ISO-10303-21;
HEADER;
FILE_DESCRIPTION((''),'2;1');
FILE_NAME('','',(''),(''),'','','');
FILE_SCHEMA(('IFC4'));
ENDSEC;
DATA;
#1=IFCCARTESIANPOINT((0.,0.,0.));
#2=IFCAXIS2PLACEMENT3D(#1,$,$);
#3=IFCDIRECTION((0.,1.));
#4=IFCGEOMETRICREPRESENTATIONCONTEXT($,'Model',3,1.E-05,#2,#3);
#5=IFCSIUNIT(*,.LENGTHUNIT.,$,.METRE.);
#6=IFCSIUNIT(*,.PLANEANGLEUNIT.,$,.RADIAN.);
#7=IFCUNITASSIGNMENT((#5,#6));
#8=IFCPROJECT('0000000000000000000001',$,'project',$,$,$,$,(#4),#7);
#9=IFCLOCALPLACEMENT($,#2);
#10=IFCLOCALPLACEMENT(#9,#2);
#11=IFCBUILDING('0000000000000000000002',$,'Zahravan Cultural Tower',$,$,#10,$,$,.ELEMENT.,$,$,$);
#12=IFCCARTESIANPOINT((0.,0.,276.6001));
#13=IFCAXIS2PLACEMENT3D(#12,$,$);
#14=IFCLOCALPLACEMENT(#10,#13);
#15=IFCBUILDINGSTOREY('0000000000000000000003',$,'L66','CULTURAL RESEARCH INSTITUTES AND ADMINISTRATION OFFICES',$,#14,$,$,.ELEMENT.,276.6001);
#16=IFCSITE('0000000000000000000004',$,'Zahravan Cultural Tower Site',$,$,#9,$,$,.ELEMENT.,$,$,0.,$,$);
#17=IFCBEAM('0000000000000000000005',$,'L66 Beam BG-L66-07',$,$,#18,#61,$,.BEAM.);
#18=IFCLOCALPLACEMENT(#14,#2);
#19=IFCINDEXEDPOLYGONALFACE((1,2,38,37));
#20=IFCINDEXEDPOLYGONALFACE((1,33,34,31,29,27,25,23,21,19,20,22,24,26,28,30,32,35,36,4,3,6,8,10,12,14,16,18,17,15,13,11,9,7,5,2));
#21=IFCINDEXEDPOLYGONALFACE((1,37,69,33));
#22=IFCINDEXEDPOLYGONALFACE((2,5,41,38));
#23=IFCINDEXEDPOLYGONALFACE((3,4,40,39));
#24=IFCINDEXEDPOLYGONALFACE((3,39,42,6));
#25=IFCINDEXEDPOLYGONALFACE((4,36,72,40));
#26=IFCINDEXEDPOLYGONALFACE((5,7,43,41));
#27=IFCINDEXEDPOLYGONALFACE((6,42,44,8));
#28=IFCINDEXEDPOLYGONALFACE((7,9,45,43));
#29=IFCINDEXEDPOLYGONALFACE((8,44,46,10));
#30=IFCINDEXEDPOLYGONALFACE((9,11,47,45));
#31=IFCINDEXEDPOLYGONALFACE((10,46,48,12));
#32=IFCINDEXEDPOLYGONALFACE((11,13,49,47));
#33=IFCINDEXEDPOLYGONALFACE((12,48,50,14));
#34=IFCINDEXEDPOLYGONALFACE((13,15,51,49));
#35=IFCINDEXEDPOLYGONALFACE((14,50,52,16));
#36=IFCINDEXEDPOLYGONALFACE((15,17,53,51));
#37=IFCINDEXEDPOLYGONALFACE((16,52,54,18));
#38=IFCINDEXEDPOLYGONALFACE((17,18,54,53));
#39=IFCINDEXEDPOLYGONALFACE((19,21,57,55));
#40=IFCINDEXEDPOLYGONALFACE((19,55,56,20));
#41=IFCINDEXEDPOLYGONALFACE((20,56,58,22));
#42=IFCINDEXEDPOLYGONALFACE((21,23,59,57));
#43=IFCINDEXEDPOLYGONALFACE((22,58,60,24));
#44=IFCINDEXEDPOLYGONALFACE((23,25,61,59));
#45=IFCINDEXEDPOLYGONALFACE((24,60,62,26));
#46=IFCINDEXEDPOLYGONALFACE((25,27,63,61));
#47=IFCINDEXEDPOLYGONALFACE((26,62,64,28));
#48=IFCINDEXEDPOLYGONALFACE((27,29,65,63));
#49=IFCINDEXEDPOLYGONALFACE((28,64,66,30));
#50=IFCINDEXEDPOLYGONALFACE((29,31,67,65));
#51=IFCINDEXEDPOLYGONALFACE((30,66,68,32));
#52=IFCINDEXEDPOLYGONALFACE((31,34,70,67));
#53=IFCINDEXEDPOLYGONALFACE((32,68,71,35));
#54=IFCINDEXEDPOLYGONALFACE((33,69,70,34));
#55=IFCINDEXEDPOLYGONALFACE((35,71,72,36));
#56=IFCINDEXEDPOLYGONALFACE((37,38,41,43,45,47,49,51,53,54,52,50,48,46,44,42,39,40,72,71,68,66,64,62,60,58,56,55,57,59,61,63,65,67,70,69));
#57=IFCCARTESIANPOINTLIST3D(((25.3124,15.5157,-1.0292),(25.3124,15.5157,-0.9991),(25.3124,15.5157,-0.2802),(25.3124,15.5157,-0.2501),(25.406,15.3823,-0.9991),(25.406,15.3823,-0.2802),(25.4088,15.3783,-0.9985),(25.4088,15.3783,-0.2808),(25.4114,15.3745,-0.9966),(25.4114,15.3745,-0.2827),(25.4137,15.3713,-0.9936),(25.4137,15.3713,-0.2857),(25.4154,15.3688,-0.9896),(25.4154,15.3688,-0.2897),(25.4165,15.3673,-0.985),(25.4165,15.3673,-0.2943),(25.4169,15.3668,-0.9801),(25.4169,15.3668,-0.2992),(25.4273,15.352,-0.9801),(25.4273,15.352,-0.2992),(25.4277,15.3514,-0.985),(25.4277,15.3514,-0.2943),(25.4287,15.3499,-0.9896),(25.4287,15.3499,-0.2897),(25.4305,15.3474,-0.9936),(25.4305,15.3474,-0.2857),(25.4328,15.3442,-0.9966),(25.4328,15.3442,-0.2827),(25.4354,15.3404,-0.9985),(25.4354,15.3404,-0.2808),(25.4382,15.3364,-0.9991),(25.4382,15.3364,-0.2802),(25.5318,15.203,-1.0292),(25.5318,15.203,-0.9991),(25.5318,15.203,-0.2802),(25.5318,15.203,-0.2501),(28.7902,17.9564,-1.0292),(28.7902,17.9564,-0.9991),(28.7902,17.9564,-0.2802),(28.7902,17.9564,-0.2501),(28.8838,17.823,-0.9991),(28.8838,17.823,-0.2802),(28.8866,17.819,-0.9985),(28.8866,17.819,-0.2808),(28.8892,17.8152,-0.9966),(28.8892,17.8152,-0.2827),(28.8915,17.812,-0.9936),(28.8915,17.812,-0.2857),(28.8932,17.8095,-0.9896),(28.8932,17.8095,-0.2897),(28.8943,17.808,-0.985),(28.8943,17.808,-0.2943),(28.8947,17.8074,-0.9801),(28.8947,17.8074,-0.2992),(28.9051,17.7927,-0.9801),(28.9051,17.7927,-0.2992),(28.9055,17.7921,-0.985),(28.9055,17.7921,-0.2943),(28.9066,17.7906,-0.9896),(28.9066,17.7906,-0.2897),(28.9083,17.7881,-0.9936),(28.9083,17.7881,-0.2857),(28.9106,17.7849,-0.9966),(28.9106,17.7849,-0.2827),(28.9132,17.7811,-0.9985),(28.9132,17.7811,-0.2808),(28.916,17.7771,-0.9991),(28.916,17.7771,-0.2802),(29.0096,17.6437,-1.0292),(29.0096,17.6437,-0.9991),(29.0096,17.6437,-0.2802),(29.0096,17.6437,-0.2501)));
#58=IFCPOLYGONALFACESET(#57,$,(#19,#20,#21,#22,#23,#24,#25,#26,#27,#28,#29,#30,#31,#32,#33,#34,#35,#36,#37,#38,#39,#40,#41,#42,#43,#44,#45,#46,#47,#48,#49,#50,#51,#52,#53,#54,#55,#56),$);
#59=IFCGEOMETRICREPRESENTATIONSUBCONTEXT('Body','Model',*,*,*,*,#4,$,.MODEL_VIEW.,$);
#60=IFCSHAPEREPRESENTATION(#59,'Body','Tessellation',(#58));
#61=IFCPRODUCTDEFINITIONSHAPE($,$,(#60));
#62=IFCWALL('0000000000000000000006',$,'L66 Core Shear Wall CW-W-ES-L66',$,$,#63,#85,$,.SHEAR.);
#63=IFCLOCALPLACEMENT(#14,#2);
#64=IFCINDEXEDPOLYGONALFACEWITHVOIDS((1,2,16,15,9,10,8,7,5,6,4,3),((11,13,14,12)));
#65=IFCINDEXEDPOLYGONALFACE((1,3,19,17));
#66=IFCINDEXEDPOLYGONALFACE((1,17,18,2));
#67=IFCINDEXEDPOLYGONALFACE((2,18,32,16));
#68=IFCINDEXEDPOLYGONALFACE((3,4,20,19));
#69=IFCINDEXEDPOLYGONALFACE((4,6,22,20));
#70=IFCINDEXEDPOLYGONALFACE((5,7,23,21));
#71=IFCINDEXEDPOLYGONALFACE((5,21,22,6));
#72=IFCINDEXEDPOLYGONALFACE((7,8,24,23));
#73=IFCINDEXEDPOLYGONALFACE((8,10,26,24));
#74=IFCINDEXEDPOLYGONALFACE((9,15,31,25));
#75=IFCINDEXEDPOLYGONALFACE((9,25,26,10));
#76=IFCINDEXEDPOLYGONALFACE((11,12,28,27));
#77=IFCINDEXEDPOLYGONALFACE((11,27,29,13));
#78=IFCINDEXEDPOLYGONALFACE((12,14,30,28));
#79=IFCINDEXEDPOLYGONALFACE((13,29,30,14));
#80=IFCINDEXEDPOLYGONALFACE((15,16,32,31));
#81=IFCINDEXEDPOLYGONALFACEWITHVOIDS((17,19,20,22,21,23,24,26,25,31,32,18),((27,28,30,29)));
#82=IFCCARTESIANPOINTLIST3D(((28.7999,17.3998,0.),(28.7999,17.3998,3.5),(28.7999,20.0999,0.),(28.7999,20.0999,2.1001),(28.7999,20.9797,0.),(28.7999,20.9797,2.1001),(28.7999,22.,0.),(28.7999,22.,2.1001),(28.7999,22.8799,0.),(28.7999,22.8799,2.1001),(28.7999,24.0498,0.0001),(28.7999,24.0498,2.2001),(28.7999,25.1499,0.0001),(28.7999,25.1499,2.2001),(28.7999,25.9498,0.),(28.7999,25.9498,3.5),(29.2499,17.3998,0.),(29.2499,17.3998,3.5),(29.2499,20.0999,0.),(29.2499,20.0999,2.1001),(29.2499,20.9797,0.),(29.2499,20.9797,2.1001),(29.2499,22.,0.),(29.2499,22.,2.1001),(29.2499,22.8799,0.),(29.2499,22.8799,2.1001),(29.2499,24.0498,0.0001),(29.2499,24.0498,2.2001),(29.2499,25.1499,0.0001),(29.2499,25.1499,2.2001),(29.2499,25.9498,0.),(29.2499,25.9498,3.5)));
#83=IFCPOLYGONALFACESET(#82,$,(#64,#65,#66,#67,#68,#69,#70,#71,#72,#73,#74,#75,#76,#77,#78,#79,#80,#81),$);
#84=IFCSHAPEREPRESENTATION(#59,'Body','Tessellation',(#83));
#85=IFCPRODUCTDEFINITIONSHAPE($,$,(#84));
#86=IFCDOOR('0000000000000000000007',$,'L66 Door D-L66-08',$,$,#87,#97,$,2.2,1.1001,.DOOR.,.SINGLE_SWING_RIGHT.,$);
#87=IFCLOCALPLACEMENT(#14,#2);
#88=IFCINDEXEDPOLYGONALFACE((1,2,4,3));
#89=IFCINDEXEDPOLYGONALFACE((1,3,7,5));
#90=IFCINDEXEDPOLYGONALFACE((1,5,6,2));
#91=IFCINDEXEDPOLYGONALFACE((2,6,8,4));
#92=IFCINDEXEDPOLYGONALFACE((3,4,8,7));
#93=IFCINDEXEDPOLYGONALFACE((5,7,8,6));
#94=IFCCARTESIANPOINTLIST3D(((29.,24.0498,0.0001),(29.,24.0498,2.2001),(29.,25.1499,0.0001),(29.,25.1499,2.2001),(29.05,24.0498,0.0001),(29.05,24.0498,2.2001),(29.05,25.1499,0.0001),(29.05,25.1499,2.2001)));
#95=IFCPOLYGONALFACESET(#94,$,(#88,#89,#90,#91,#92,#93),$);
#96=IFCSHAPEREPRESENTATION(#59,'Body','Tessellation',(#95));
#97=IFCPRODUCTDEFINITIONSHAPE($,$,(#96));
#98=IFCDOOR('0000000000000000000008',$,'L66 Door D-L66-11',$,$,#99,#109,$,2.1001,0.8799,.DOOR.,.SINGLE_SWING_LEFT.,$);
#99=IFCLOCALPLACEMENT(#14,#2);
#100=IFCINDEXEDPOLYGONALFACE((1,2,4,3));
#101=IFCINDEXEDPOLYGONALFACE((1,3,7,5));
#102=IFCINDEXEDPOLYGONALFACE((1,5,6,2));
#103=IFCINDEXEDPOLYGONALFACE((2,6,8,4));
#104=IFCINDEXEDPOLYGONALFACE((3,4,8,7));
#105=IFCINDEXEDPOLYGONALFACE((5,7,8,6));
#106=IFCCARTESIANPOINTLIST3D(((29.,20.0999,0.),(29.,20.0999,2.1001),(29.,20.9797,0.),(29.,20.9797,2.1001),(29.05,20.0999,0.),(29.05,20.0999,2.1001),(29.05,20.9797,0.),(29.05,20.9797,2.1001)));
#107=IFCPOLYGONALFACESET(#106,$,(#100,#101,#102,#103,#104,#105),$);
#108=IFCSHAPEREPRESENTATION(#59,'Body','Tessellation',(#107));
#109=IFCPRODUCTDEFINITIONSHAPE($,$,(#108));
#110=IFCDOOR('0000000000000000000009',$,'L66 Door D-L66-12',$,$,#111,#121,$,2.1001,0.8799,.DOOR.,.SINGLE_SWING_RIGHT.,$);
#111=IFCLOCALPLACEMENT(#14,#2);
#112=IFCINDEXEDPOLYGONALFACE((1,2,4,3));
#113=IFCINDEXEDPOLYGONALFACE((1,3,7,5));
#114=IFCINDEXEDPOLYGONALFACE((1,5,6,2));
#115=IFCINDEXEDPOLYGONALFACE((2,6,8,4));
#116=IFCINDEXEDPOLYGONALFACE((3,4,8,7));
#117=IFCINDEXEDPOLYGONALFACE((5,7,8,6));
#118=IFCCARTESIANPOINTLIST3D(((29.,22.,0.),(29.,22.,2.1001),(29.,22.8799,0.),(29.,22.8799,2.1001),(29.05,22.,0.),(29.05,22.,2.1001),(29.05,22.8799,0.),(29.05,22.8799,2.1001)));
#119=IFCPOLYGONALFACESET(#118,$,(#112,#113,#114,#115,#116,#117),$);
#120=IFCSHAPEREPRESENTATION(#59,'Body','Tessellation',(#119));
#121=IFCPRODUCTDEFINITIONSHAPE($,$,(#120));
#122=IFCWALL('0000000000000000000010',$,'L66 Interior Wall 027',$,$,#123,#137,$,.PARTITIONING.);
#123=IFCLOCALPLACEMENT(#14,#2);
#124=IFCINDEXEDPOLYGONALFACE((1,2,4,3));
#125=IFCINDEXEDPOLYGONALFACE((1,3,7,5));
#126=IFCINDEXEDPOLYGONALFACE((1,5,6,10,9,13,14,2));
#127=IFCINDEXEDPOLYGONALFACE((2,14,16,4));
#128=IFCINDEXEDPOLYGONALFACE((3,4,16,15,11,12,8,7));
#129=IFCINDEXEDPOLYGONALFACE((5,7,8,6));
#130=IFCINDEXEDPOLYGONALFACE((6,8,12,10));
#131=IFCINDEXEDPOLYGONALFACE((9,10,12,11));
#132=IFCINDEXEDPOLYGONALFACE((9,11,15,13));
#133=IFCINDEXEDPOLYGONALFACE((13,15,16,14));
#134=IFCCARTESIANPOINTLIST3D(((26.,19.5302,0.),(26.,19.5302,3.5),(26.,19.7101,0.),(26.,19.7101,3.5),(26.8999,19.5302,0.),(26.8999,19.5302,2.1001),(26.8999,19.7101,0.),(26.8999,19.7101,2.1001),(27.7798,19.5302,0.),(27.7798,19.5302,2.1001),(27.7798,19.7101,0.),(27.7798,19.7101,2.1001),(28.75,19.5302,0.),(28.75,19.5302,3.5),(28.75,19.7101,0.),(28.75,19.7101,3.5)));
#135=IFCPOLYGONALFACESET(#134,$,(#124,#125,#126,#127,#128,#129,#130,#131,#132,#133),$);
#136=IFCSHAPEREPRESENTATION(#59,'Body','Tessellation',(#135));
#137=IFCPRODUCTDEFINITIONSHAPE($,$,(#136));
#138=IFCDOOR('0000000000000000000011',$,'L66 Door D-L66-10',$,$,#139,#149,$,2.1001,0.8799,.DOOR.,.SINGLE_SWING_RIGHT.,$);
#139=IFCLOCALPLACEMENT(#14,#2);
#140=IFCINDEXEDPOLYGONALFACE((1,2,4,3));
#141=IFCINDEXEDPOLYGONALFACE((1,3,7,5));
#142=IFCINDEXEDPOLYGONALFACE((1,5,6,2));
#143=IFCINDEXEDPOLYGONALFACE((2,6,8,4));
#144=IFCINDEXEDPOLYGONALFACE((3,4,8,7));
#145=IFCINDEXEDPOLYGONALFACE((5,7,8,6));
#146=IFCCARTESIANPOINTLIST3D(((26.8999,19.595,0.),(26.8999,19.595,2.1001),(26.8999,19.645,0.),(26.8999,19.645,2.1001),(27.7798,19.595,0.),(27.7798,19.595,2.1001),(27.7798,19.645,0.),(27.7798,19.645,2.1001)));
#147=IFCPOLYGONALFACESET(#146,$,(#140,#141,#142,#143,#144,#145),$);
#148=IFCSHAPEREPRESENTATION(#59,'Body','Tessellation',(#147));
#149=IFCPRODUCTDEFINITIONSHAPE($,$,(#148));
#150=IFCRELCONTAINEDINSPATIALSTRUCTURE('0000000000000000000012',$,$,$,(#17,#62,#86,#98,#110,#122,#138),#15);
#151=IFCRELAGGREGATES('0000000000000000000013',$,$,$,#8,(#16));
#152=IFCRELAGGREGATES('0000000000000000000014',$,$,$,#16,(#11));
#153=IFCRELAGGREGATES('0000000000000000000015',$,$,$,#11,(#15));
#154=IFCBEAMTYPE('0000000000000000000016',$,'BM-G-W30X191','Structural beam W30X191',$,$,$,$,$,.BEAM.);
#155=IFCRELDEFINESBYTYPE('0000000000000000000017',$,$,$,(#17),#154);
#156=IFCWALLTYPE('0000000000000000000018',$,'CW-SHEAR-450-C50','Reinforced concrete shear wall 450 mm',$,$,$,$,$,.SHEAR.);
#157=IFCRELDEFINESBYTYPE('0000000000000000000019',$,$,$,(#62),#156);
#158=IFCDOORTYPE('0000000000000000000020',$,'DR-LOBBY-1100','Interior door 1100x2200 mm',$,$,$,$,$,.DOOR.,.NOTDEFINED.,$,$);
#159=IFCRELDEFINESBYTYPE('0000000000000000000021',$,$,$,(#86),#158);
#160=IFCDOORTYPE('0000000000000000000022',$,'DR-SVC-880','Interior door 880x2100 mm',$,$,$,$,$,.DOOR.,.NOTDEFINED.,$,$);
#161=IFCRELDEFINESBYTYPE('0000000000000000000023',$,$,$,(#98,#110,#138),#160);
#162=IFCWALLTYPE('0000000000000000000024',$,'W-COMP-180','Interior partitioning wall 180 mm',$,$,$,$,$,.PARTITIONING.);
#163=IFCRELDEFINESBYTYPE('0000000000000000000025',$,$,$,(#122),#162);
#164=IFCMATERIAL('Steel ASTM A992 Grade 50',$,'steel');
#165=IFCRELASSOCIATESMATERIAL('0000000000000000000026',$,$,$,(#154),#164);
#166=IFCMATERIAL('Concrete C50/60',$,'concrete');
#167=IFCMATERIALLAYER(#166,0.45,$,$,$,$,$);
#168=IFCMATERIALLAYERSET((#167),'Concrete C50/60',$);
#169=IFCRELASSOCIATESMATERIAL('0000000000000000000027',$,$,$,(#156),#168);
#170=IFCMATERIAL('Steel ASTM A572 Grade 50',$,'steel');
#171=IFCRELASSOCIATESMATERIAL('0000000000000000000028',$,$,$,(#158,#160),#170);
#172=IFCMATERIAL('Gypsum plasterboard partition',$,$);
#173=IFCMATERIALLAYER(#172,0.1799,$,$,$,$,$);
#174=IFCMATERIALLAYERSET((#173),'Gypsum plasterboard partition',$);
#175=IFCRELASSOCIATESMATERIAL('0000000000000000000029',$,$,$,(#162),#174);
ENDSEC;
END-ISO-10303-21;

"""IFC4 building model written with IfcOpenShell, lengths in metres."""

from ifc_helpers import new_model, si_unit, direction, frame, frame_2d, origin, origin_2d, place, context, subcontext, project, spatial, rectangle, i_section, extrude, source, transform, mapped, material, layer, layer_set, material_profile, profile_set, type_object, element, fill, save


model = new_model("IFC4")

# Units and contexts
model_context = context("Model", 3, precision=1e-05, world=origin(), true_north=direction((0.0, 1.0)))
body_context = subcontext(model_context, "Body", "Model", "MODEL_VIEW")
ifc_project = project(units=[si_unit("LENGTHUNIT", "METRE"), si_unit("PLANEANGLEUNIT", "RADIAN")], contexts=[model_context])

# Site, building, storey
site_placement = place(None, origin())
site = spatial("IfcSite", under=ifc_project, at=site_placement, Name="Zahravan Cultural Tower Site", CompositionType="ELEMENT", RefElevation=0.0)
building_placement = place(site_placement, origin())
building = spatial("IfcBuilding", under=site, at=building_placement, Name="Zahravan Cultural Tower", CompositionType="ELEMENT")
storey_placement = place(building_placement, frame((0.0, 0.0, 276.6001)))
storey = spatial("IfcBuildingStorey", under=building, at=storey_placement, Name="L66", Description="CULTURAL RESEARCH INSTITUTES AND ADMINISTRATION OFFICES", CompositionType="ELEMENT", Elevation=276.6001)

# Shared definitions
ifc_material_1 = material(Name="Concrete C50/60", Category="concrete")

# Beam
ifc_material_2 = material(Name="Steel ASTM A992 Grade 50", Category="steel")
ifc_material_profile_1 = material_profile(ifc_material_2, i_section(OverallWidth=0.3821, OverallDepth=0.7791, WebThickness=0.0181, FlangeThickness=0.03, FilletRadius=0.019, at=origin_2d()), Name="W30X191")
ifc_profile_set_1 = profile_set([ifc_material_profile_1], Name="Steel ASTM A992 Grade 50")
beam_type_1 = type_object("IfcBeamType", Name="BM-G-W30X191", Description="Structural beam W30X191", PredefinedType="BEAM", material=ifc_profile_set_1)
shared_shape_1 = source(origin(), body_context, "Body", "SweptSolid", [
    extrude(i_section(OverallWidth=0.3821, OverallDepth=0.7791, WebThickness=0.0181, FlangeThickness=0.03, FilletRadius=0.019, at=origin_2d()), origin(), (0.0, 0.0, 1.0), 4.2488),
])
beam_1_placement = place(storey_placement, frame((28.8999, 17.8, -0.6396), z_axis=(-0.818543, -0.574445, 0.0), x_axis=(0.574445, -0.818543, 0.0)))
element("IfcBeam", 1, at=beam_1_placement, inside=storey, type_object=beam_type_1, Name="L66 Beam BG-L66-07", PredefinedType="BEAM", context=body_context, shape_type="MappedRepresentation", body=[
    mapped(shared_shape_1, transform((0.0, 0.0, 0.0), x_axis=(1.0, 0.0, 0.0), y_axis=(0.0, 1.0, 0.0), z_axis=(0.0, 0.0, 1.0), scale=1.0)),
])

# Wall, openings, doors
ifc_layer_1 = layer(ifc_material_1, 0.45)
ifc_layer_set_1 = layer_set([ifc_layer_1], Name="Concrete C50/60")
wall_type_1 = type_object("IfcWallType", Name="CW-SHEAR-450-C50", Description="Reinforced concrete shear wall 450 mm", PredefinedType="SHEAR", material=ifc_layer_set_1)
wall_1_placement = place(storey_placement, frame((29.0249, 17.3999, 0.0), z_axis=(0.0, 0.0, 1.0), x_axis=(0.0, 1.0, 0.0)))
wall_1 = element("IfcWall", 2, at=wall_1_placement, inside=storey, type_object=wall_type_1, Name="L66 Core Shear Wall CW-W-ES-L66", PredefinedType="SHEAR", context=body_context, shape_type="SweptSolid", body=[
    extrude(rectangle(XDim=8.55, YDim=0.45, at=frame_2d((4.2749, 0.0))), origin(), (0.0, 0.0, 1.0), 3.5),
])
opening_1_placement = place(wall_1_placement, frame((6.6499, 0.0, 0.0)))
opening_1 = element("IfcOpeningElement", 3, at=opening_1_placement, cuts=wall_1, PredefinedType="OPENING", context=body_context, shape_type="SweptSolid", body=[
    extrude(rectangle(XDim=1.1001, YDim=2.2, at=frame_2d((0.55, 1.1001))), frame((0.0, 0.2349, 0.0), z_axis=(0.0, -1.0, 0.0), x_axis=(1.0, 0.0, 0.0)), (0.0, 0.0, 1.0), 0.47),
])
opening_2_placement = place(wall_1_placement, frame((2.7, 0.0, 0.0)))
opening_2 = element("IfcOpeningElement", 4, at=opening_2_placement, cuts=wall_1, PredefinedType="OPENING", context=body_context, shape_type="SweptSolid", body=[
    extrude(rectangle(XDim=0.8799, YDim=2.1001, at=frame_2d((0.4399, 1.05))), frame((0.0, 0.2349, 0.0), z_axis=(0.0, -1.0, 0.0), x_axis=(1.0, 0.0, 0.0)), (0.0, 0.0, 1.0), 0.47),
])
opening_3_placement = place(wall_1_placement, frame((4.6001, 0.0, 0.0)))
opening_3 = element("IfcOpeningElement", 5, at=opening_3_placement, cuts=wall_1, PredefinedType="OPENING", context=body_context, shape_type="SweptSolid", body=[
    extrude(rectangle(XDim=0.8799, YDim=2.1001, at=frame_2d((0.4399, 1.05))), frame((0.0, 0.2349, 0.0), z_axis=(0.0, -1.0, 0.0), x_axis=(1.0, 0.0, 0.0)), (0.0, 0.0, 1.0), 0.47),
])
ifc_material_3 = material(Name="Steel ASTM A572 Grade 50", Category="steel")
door_type_1 = type_object("IfcDoorType", Name="DR-LOBBY-1100", Description="Interior door 1100x2200 mm", OperationType="NOTDEFINED", PredefinedType="DOOR", material=ifc_material_3)
shared_shape_2 = source(origin(), body_context, "Body", "SweptSolid", [
    extrude(rectangle(XDim=1.1001, YDim=2.2, at=frame_2d((0.55, 1.1001))), frame((0.0, 0.0249, 0.0), z_axis=(0.0, -1.0, 0.0), x_axis=(1.0, 0.0, 0.0)), (0.0, 0.0, 1.0), 0.05),
])
door_1_placement = place(opening_1_placement, origin())
door_1 = element("IfcDoor", 6, at=door_1_placement, inside=storey, type_object=door_type_1, Name="L66 Door D-L66-08", OperationType="SINGLE_SWING_RIGHT", OverallHeight=2.2, OverallWidth=1.1001, PredefinedType="DOOR", context=body_context, shape_type="MappedRepresentation", body=[
    mapped(shared_shape_2, transform((0.0, 0.0, 0.0), x_axis=(1.0, 0.0, 0.0), y_axis=(0.0, 1.0, 0.0), z_axis=(0.0, 0.0, 1.0), scale=1.0)),
])
fill(opening_1, door_1)
door_type_2 = type_object("IfcDoorType", Name="DR-SVC-880", Description="Interior door 880x2100 mm", OperationType="NOTDEFINED", PredefinedType="DOOR", material=ifc_material_3)
shared_shape_3 = source(origin(), body_context, "Body", "SweptSolid", [
    extrude(rectangle(XDim=0.8799, YDim=2.1001, at=frame_2d((0.4399, 1.05))), frame((0.0, 0.0249, 0.0), z_axis=(0.0, -1.0, 0.0), x_axis=(1.0, 0.0, 0.0)), (0.0, 0.0, 1.0), 0.05),
])
door_2_placement = place(opening_2_placement, origin())
door_2 = element("IfcDoor", 7, at=door_2_placement, inside=storey, type_object=door_type_2, Name="L66 Door D-L66-11", OperationType="SINGLE_SWING_LEFT", OverallHeight=2.1001, OverallWidth=0.8799, PredefinedType="DOOR", context=body_context, shape_type="MappedRepresentation", body=[
    mapped(shared_shape_3, transform((0.0, 0.0, 0.0), x_axis=(1.0, 0.0, 0.0), y_axis=(0.0, 1.0, 0.0), z_axis=(0.0, 0.0, 1.0), scale=1.0)),
])
fill(opening_2, door_2)
door_3_placement = place(opening_3_placement, origin())
door_3 = element("IfcDoor", 8, at=door_3_placement, inside=storey, type_object=door_type_2, Name="L66 Door D-L66-12", OperationType="SINGLE_SWING_RIGHT", OverallHeight=2.1001, OverallWidth=0.8799, PredefinedType="DOOR", context=body_context, shape_type="MappedRepresentation", body=[
    mapped(shared_shape_3, transform((0.0, 0.0, 0.0), x_axis=(1.0, 0.0, 0.0), y_axis=(0.0, 1.0, 0.0), z_axis=(0.0, 0.0, 1.0), scale=1.0)),
])
fill(opening_3, door_3)

# Wall, opening, door
ifc_material_4 = material(Name="Gypsum plasterboard partition")
ifc_layer_2 = layer(ifc_material_4, 0.1799)
ifc_layer_set_2 = layer_set([ifc_layer_2], Name="Gypsum plasterboard partition")
wall_type_2 = type_object("IfcWallType", Name="W-COMP-180", Description="Interior partitioning wall 180 mm", PredefinedType="PARTITIONING", material=ifc_layer_set_2)
wall_2_placement = place(storey_placement, frame((26.0, 19.6201, 0.0), z_axis=(0.0, 0.0, 1.0), x_axis=(1.0, 0.0, 0.0)))
wall_2 = element("IfcWall", 9, at=wall_2_placement, inside=storey, type_object=wall_type_2, Name="L66 Interior Wall 027", PredefinedType="PARTITIONING", context=body_context, shape_type="SweptSolid", body=[
    extrude(rectangle(XDim=2.75, YDim=0.1799, at=frame_2d((1.375, 0.0))), origin(), (0.0, 0.0, 1.0), 3.5),
])
opening_4_placement = place(wall_2_placement, frame((0.8999, 0.0, 0.0)))
opening_4 = element("IfcOpeningElement", 10, at=opening_4_placement, cuts=wall_2, PredefinedType="OPENING", context=body_context, shape_type="SweptSolid", body=[
    extrude(rectangle(XDim=0.8799, YDim=2.1001, at=frame_2d((0.4399, 1.05))), frame((0.0, 0.0999, 0.0), z_axis=(0.0, -1.0, 0.0), x_axis=(1.0, 0.0, 0.0)), (0.0, 0.0, 1.0), 0.2),
])
door_4_placement = place(opening_4_placement, origin())
door_4 = element("IfcDoor", 11, at=door_4_placement, inside=storey, type_object=door_type_2, Name="L66 Door D-L66-10", OperationType="SINGLE_SWING_RIGHT", OverallHeight=2.1001, OverallWidth=0.8799, PredefinedType="DOOR", context=body_context, shape_type="MappedRepresentation", body=[
    mapped(shared_shape_3, transform((0.0, 0.0, 0.0), x_axis=(1.0, 0.0, 0.0), y_axis=(0.0, 1.0, 0.0), z_axis=(0.0, 0.0, 1.0), scale=1.0)),
])
fill(opening_4, door_4)

save(model, "model.ifc")
